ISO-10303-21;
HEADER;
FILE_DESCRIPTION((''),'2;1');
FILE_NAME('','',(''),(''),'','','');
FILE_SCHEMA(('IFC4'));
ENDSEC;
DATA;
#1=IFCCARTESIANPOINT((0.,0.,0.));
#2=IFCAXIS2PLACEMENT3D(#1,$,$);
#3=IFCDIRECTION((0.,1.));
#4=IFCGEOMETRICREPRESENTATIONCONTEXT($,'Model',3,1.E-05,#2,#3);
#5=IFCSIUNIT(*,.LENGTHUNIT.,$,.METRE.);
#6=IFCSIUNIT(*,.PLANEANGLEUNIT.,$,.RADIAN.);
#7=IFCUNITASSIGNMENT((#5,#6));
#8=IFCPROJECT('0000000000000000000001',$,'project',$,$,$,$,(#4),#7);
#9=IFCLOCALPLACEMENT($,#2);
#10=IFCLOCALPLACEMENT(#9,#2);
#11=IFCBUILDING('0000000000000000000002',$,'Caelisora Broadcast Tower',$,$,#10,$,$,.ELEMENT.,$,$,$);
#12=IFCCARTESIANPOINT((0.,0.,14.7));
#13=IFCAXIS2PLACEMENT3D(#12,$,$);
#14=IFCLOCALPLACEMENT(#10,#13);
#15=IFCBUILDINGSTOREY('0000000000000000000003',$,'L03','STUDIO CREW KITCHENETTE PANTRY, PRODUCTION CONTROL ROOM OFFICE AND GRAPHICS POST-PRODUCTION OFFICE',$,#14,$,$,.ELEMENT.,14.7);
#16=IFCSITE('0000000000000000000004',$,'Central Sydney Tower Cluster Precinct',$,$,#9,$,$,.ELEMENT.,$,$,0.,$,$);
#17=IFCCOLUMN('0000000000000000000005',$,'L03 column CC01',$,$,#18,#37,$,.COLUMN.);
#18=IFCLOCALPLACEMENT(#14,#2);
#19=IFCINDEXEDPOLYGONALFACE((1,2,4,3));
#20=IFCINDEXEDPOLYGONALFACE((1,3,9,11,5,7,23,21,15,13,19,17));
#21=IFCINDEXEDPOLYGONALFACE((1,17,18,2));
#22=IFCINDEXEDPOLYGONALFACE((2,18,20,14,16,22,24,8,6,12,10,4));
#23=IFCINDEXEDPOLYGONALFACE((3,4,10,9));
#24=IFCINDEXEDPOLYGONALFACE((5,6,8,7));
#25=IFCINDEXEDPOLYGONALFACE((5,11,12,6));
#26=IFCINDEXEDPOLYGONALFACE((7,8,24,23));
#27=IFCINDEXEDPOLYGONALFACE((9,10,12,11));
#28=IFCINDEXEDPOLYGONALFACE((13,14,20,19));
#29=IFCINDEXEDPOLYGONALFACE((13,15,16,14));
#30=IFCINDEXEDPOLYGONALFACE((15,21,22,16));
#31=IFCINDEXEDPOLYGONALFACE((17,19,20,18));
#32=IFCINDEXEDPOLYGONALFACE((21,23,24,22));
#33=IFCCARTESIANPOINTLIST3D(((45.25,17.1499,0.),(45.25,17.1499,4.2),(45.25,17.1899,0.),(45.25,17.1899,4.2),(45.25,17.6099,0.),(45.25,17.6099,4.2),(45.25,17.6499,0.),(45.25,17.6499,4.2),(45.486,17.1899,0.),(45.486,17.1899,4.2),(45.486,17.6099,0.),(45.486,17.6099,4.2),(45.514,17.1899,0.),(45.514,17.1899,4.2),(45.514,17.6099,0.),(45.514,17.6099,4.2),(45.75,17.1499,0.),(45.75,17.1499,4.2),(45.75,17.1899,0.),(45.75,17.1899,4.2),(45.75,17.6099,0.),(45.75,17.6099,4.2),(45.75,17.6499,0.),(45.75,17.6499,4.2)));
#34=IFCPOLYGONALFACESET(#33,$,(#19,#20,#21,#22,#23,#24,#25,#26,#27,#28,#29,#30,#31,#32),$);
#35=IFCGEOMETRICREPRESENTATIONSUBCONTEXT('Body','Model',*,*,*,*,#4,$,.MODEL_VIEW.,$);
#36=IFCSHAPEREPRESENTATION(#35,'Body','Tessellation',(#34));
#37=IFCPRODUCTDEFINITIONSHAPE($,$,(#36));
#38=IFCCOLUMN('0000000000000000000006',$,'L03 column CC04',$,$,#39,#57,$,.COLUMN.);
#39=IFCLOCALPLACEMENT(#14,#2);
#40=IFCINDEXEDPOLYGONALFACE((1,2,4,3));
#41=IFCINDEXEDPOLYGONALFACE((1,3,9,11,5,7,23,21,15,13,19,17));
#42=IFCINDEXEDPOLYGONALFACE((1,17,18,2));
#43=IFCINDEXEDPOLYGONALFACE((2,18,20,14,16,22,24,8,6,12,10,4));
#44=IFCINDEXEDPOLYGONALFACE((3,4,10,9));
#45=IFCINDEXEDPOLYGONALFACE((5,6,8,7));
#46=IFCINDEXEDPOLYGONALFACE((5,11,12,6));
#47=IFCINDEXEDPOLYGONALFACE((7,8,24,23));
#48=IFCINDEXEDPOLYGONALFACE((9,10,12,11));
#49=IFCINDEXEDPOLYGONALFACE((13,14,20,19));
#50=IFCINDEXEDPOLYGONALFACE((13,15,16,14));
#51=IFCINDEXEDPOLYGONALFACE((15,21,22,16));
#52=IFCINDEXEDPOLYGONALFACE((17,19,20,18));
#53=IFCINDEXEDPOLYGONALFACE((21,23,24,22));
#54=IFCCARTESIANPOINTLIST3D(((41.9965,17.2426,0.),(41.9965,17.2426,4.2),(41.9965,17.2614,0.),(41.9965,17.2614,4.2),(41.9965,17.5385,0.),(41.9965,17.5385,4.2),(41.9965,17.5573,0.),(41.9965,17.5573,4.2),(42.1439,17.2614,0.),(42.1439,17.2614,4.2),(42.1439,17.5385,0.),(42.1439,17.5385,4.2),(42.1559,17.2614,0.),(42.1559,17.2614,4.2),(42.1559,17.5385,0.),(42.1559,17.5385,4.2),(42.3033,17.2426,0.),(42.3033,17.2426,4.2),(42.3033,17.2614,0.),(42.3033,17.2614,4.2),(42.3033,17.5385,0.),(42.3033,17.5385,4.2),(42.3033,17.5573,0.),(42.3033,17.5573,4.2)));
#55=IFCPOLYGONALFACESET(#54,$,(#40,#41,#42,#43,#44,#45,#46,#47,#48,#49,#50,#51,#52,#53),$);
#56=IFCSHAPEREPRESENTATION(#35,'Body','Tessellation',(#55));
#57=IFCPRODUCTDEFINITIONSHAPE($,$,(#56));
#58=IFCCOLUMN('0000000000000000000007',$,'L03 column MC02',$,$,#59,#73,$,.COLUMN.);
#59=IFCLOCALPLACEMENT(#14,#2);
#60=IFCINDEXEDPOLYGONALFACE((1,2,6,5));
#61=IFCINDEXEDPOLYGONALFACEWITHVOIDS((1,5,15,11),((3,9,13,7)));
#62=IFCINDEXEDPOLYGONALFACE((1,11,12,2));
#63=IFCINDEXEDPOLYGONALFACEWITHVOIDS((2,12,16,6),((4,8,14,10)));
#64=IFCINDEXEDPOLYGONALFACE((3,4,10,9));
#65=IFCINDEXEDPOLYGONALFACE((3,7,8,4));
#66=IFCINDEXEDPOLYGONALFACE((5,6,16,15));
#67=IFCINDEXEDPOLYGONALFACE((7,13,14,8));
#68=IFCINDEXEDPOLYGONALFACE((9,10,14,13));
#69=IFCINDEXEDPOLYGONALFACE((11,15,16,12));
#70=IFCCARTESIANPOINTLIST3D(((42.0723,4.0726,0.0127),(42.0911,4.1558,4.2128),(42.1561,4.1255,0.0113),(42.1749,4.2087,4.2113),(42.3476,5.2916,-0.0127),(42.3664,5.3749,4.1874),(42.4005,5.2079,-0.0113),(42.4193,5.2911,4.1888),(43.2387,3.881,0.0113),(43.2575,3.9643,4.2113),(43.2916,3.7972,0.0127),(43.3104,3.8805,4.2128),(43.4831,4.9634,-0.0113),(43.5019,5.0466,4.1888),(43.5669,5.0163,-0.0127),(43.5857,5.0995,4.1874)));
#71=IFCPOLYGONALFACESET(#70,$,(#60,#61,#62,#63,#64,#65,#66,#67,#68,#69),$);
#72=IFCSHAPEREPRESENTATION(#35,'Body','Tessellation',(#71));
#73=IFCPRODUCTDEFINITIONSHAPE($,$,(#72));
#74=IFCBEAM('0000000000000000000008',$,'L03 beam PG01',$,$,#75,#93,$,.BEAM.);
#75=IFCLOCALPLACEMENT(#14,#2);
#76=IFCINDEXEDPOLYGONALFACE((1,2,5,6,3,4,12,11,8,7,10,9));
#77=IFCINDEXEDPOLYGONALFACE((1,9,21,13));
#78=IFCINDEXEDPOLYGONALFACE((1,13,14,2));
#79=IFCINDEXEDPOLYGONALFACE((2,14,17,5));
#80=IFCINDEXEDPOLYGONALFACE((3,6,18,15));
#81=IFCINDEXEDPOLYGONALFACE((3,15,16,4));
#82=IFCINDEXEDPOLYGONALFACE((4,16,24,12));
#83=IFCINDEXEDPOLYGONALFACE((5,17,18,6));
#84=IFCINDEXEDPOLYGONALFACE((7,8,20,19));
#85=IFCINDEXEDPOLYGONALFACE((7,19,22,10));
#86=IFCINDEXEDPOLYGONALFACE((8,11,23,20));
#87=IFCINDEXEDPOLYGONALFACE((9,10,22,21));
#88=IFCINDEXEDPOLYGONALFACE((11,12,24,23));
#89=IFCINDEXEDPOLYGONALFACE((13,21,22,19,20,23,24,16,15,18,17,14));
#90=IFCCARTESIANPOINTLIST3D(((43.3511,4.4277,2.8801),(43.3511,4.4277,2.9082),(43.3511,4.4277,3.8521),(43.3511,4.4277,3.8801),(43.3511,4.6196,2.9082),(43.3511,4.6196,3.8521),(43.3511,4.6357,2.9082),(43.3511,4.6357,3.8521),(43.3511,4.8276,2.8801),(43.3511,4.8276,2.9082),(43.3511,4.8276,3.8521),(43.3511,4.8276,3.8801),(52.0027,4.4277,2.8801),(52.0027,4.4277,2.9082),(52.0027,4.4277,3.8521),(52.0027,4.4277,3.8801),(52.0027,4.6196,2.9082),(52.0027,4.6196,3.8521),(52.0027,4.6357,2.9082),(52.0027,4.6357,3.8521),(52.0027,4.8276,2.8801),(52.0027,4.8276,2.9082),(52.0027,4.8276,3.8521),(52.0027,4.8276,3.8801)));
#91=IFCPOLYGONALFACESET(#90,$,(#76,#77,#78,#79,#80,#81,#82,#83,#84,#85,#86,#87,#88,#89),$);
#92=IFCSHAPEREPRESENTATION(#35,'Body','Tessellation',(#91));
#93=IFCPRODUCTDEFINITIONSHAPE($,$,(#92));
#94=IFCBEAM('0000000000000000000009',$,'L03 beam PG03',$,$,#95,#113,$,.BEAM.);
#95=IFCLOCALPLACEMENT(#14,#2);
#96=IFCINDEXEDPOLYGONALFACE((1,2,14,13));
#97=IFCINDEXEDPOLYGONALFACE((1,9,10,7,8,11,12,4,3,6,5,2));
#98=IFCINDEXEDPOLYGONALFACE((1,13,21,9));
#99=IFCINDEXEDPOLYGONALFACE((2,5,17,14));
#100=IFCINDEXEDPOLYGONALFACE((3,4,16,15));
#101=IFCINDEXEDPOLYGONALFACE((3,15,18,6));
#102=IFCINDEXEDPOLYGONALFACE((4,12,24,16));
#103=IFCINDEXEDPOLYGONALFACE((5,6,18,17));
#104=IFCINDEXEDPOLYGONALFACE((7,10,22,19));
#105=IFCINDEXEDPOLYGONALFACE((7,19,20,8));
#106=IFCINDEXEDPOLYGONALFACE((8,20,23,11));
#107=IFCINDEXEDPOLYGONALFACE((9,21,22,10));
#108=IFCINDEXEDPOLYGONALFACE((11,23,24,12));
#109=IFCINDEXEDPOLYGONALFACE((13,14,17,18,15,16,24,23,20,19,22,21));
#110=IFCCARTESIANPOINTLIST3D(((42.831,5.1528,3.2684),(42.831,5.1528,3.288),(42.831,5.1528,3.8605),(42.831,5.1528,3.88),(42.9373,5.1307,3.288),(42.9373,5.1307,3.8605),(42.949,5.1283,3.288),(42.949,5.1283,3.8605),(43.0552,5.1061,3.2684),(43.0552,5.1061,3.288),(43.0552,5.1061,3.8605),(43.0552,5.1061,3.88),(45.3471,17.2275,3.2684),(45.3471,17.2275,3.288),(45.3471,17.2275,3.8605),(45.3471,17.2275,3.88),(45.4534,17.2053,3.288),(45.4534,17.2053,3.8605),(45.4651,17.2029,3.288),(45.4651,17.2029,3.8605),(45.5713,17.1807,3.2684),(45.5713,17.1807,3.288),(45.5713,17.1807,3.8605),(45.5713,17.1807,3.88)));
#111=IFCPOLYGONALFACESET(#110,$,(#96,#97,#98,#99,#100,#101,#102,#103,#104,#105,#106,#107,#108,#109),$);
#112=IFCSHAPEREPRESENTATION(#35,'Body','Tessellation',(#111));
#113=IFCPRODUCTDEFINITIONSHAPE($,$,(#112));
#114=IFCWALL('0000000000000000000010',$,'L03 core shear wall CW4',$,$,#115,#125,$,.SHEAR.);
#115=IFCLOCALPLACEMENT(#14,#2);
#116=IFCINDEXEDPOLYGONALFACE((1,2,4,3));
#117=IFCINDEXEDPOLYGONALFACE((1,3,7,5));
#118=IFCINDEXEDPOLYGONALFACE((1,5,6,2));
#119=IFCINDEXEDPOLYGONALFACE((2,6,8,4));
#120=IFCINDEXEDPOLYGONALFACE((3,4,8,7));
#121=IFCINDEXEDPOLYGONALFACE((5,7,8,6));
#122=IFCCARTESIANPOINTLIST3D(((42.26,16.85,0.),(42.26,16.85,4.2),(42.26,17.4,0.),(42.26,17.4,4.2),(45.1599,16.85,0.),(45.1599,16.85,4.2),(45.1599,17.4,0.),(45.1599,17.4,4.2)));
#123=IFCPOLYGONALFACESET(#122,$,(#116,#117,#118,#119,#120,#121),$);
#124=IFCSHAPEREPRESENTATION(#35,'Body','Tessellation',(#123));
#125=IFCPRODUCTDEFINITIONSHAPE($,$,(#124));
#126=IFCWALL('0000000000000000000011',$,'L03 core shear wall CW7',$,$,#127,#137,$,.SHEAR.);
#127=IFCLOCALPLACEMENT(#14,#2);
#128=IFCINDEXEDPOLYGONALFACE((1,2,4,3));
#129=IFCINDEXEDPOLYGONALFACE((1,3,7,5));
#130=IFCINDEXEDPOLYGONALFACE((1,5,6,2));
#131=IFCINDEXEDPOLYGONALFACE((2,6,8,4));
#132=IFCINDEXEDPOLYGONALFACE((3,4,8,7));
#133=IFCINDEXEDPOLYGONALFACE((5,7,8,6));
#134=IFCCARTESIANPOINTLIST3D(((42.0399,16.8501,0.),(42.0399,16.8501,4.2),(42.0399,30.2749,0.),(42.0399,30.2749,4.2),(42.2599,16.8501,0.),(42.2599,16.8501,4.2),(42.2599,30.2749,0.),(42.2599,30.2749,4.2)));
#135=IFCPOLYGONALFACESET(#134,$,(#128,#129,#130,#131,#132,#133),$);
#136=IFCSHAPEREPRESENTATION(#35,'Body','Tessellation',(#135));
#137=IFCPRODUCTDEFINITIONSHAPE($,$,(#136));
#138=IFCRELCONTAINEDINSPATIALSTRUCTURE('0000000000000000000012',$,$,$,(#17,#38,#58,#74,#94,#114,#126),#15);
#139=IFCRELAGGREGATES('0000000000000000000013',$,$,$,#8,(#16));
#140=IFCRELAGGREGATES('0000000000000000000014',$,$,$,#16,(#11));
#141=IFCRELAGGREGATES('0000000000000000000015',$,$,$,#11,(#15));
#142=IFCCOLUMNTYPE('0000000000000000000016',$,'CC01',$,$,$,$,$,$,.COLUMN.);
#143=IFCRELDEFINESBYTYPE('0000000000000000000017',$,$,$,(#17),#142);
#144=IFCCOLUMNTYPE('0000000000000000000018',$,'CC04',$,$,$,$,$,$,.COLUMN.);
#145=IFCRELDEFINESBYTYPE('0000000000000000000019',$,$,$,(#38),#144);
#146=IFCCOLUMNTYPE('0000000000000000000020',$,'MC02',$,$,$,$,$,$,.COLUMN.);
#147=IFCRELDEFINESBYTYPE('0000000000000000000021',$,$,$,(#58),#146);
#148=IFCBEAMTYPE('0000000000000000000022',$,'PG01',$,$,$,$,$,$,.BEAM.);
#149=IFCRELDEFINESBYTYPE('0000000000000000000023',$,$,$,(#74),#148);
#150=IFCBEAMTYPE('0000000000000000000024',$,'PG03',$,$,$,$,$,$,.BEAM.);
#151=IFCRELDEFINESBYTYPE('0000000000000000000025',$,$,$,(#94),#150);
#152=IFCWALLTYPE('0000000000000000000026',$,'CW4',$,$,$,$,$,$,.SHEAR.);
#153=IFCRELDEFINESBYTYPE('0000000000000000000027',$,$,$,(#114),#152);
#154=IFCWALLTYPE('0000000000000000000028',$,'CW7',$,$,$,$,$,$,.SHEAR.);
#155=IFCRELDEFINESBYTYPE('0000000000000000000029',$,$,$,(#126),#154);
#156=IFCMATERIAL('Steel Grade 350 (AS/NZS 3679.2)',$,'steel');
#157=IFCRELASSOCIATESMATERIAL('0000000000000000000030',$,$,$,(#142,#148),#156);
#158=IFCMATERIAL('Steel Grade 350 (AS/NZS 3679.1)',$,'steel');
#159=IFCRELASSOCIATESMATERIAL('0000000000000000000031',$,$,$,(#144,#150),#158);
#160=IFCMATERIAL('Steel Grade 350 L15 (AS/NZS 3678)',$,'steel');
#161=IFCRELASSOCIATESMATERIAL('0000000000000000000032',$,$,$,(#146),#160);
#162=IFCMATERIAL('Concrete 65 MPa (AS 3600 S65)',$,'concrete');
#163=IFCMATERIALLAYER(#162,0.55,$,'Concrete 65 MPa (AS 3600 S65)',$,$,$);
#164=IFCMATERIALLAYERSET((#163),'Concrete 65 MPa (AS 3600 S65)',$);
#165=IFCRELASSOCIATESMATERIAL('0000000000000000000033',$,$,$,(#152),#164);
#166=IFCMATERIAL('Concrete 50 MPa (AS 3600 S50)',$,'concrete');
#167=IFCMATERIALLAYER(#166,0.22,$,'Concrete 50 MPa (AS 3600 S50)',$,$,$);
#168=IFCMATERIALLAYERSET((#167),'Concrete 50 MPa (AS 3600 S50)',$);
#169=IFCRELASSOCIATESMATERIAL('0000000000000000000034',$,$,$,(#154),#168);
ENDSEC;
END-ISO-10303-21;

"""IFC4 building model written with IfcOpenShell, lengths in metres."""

from ifc_helpers import new_model, si_unit, direction, frame, frame_2d, origin, origin_2d, place, context, subcontext, project, spatial, rectangle, hollow_rectangle, i_section, extrude, source, transform, mapped, material, layer, layer_set, material_profile, profile_set, type_object, type_shapes, element, save


model = new_model("IFC4")

# Units and contexts
model_context = context("Model", 3, precision=1e-05, world=origin(), true_north=direction((0.0, 1.0)))
body_context = subcontext(model_context, "Body", "Model", "MODEL_VIEW")
ifc_project = project(units=[si_unit("LENGTHUNIT", "METRE"), si_unit("PLANEANGLEUNIT", "RADIAN")], contexts=[model_context])

# Site, building, storey
site_placement = place(None, origin())
site = spatial("IfcSite", under=ifc_project, at=site_placement, Name="Central Sydney Tower Cluster Precinct", CompositionType="ELEMENT", RefElevation=0.0)
building_placement = place(site_placement, origin())
building = spatial("IfcBuilding", under=site, at=building_placement, Name="Caelisora Broadcast Tower", CompositionType="ELEMENT")
storey_placement = place(building_placement, frame((0.0, 0.0, 14.7)))
storey = spatial("IfcBuildingStorey", under=building, at=storey_placement, Name="L03", Description="STUDIO CREW KITCHENETTE PANTRY, PRODUCTION CONTROL ROOM OFFICE AND GRAPHICS POST-PRODUCTION OFFICE", CompositionType="ELEMENT", Elevation=14.7)

# Columns
ifc_material_1 = material(Name="Steel Grade 350 (AS/NZS 3679.2)", Category="steel")
ifc_material_profile_1 = material_profile(ifc_material_1, i_section(OverallWidth=0.5, OverallDepth=0.5, WebThickness=0.0281, FlangeThickness=0.04, at=origin_2d()), Name="Steel Grade 350 (AS/NZS 3679.2)")
ifc_profile_set_1 = profile_set([ifc_material_profile_1], Name="Steel Grade 350 (AS/NZS 3679.2)")
column_type_1 = type_object("IfcColumnType", Name="CC01", PredefinedType="COLUMN", material=ifc_profile_set_1)
shared_shape_1 = source(origin(), body_context, "Body", "SweptSolid", [
    extrude(i_section(OverallWidth=0.5, OverallDepth=0.5, WebThickness=0.0281, FlangeThickness=0.04, at=origin_2d()), origin(), (0.0, 0.0, 1.0), 4.2),
])
type_shapes(column_type_1, [shared_shape_1])
column_1_placement = place(storey_placement, frame((45.5, 17.3999, 0.0), z_axis=(0.0, 0.0, 1.0), x_axis=(1.0, 0.0, 0.0)))
element("IfcColumn", 1, at=column_1_placement, inside=storey, type_object=column_type_1, Name="L03 column CC01", PredefinedType="COLUMN", context=body_context, shape_type="MappedRepresentation", body=[
    mapped(shared_shape_1, transform((0.0, 0.0, 0.0), scale=1.0)),
])
ifc_material_2 = material(Name="Steel Grade 350 (AS/NZS 3679.1)", Category="steel")
ifc_material_profile_2 = material_profile(ifc_material_2, i_section(OverallWidth=0.3069, OverallDepth=0.3147, WebThickness=0.012, FlangeThickness=0.0188, at=origin_2d()), Name="Steel Grade 350 (AS/NZS 3679.1)")
ifc_profile_set_2 = profile_set([ifc_material_profile_2], Name="Steel Grade 350 (AS/NZS 3679.1)")
column_type_2 = type_object("IfcColumnType", Name="CC04", PredefinedType="COLUMN", material=ifc_profile_set_2)
shared_shape_2 = source(origin(), body_context, "Body", "SweptSolid", [
    extrude(i_section(OverallWidth=0.3069, OverallDepth=0.3147, WebThickness=0.012, FlangeThickness=0.0188, at=origin_2d()), origin(), (0.0, 0.0, 1.0), 4.2),
])
type_shapes(column_type_2, [shared_shape_2])
column_2_placement = place(storey_placement, frame((42.1499, 17.3999, 0.0), z_axis=(0.0, 0.0, 1.0), x_axis=(1.0, 0.0, 0.0)))
element("IfcColumn", 2, at=column_2_placement, inside=storey, type_object=column_type_2, Name="L03 column CC04", PredefinedType="COLUMN", context=body_context, shape_type="MappedRepresentation", body=[
    mapped(shared_shape_2, transform((0.0, 0.0, 0.0), scale=1.0)),
])
ifc_material_3 = material(Name="Steel Grade 350 L15 (AS/NZS 3678)", Category="steel")
ifc_material_profile_3 = material_profile(ifc_material_3, hollow_rectangle(XDim=1.25, YDim=1.25, WallThickness=0.0701, at=origin_2d()), Name="Steel Grade 350 L15 (AS/NZS 3678)")
ifc_profile_set_3 = profile_set([ifc_material_profile_3], Name="Steel Grade 350 L15 (AS/NZS 3678)")
column_type_3 = type_object("IfcColumnType", Name="MC02", PredefinedType="COLUMN", material=ifc_profile_set_3)
shared_shape_3 = source(origin(), body_context, "Body", "SweptSolid", [
    extrude(hollow_rectangle(XDim=1.25, YDim=1.25, WallThickness=0.0701, at=origin_2d()), origin(), (0.0, 0.0, 1.0), 4.2009),
])
type_shapes(column_type_3, [shared_shape_3])
column_3_placement = place(storey_placement, frame((42.8196, 4.5444, 0.0), z_axis=(0.004475, 0.019818, 0.999794), x_axis=(-0.975441, 0.220261, 0.0)))
element("IfcColumn", 3, at=column_3_placement, inside=storey, type_object=column_type_3, Name="L03 column MC02", PredefinedType="COLUMN", context=body_context, shape_type="MappedRepresentation", body=[
    mapped(shared_shape_3, transform((0.0, 0.0, 0.0), scale=1.0)),
])

# Beams
ifc_material_profile_4 = material_profile(ifc_material_1, i_section(OverallWidth=0.3999, OverallDepth=1.0, WebThickness=0.0161, FlangeThickness=0.0281, at=origin_2d()), Name="Steel Grade 350 (AS/NZS 3679.2)")
ifc_profile_set_4 = profile_set([ifc_material_profile_4], Name="Steel Grade 350 (AS/NZS 3679.2)")
beam_type_1 = type_object("IfcBeamType", Name="PG01", PredefinedType="BEAM", material=ifc_profile_set_4)
shared_shape_4 = source(origin(), body_context, "Body", "SweptSolid", [
    extrude(i_section(OverallWidth=0.3999, OverallDepth=1.0, WebThickness=0.0161, FlangeThickness=0.0281, at=origin_2d()), origin(), (0.0, 0.0, 1.0), 8.6516),
])
type_shapes(beam_type_1, [shared_shape_4])
beam_1_placement = place(storey_placement, frame((43.3511, 4.6277, 3.3801), z_axis=(1.0, 0.0, 0.0), x_axis=(0.0, 1.0, 0.0)))
element("IfcBeam", 4, at=beam_1_placement, inside=storey, type_object=beam_type_1, Name="L03 beam PG01", PredefinedType="BEAM", context=body_context, shape_type="MappedRepresentation", body=[
    mapped(shared_shape_4, transform((0.0, 0.0, 0.0), scale=1.0)),
])
ifc_material_profile_5 = material_profile(ifc_material_2, i_section(OverallWidth=0.229, OverallDepth=0.6116, WebThickness=0.012, FlangeThickness=0.0195, at=origin_2d()), Name="Steel Grade 350 (AS/NZS 3679.1)")
ifc_profile_set_5 = profile_set([ifc_material_profile_5], Name="Steel Grade 350 (AS/NZS 3679.1)")
beam_type_2 = type_object("IfcBeamType", Name="PG03", PredefinedType="BEAM", material=ifc_profile_set_5)
shared_shape_5 = source(origin(), body_context, "Body", "SweptSolid", [
    extrude(i_section(OverallWidth=0.229, OverallDepth=0.6116, WebThickness=0.012, FlangeThickness=0.0195, at=origin_2d()), origin(), (0.0, 0.0, 1.0), 12.334),
])
type_shapes(beam_type_2, [shared_shape_5])
beam_2_placement = place(storey_placement, frame((45.4592, 17.2041, 3.5742), z_axis=(-0.203997, -0.978972, 0.0), x_axis=(0.978972, -0.203997, 0.0)))
element("IfcBeam", 5, at=beam_2_placement, inside=storey, type_object=beam_type_2, Name="L03 beam PG03", PredefinedType="BEAM", context=body_context, shape_type="MappedRepresentation", body=[
    mapped(shared_shape_5, transform((0.0, 0.0, 0.0), scale=1.0)),
])

# Shared definitions
ifc_material_4 = material(Name="Concrete 65 MPa (AS 3600 S65)", Category="concrete")

# Walls
ifc_layer_1 = layer(ifc_material_4, 0.55, Name="Concrete 65 MPa (AS 3600 S65)")
ifc_layer_set_1 = layer_set([ifc_layer_1], Name="Concrete 65 MPa (AS 3600 S65)")
wall_type_1 = type_object("IfcWallType", Name="CW4", PredefinedType="SHEAR", material=ifc_layer_set_1)
wall_1_placement = place(storey_placement, frame((42.26, 17.125, 0.0), z_axis=(0.0, 0.0, 1.0), x_axis=(1.0, 0.0, 0.0)))
element("IfcWall", 6, at=wall_1_placement, inside=storey, type_object=wall_type_1, Name="L03 core shear wall CW4", PredefinedType="SHEAR", context=body_context, shape_type="SweptSolid", body=[
    extrude(rectangle(XDim=2.8999, YDim=0.55, at=frame_2d((1.45, 0.0))), origin(), (0.0, 0.0, 1.0), 4.2),
])
ifc_material_5 = material(Name="Concrete 50 MPa (AS 3600 S50)", Category="concrete")
ifc_layer_2 = layer(ifc_material_5, 0.22, Name="Concrete 50 MPa (AS 3600 S50)")
ifc_layer_set_2 = layer_set([ifc_layer_2], Name="Concrete 50 MPa (AS 3600 S50)")
wall_type_2 = type_object("IfcWallType", Name="CW7", PredefinedType="SHEAR", material=ifc_layer_set_2)
wall_2_placement = place(storey_placement, frame((42.1499, 16.8501, 0.0), z_axis=(0.0, 0.0, 1.0), x_axis=(0.0, 1.0, 0.0)))
element("IfcWall", 7, at=wall_2_placement, inside=storey, type_object=wall_type_2, Name="L03 core shear wall CW7", PredefinedType="SHEAR", context=body_context, shape_type="SweptSolid", body=[
    extrude(rectangle(XDim=13.4248, YDim=0.22, at=frame_2d((6.7124, 0.0))), origin(), (0.0, 0.0, 1.0), 4.2),
])

save(model, "model.ifc")
